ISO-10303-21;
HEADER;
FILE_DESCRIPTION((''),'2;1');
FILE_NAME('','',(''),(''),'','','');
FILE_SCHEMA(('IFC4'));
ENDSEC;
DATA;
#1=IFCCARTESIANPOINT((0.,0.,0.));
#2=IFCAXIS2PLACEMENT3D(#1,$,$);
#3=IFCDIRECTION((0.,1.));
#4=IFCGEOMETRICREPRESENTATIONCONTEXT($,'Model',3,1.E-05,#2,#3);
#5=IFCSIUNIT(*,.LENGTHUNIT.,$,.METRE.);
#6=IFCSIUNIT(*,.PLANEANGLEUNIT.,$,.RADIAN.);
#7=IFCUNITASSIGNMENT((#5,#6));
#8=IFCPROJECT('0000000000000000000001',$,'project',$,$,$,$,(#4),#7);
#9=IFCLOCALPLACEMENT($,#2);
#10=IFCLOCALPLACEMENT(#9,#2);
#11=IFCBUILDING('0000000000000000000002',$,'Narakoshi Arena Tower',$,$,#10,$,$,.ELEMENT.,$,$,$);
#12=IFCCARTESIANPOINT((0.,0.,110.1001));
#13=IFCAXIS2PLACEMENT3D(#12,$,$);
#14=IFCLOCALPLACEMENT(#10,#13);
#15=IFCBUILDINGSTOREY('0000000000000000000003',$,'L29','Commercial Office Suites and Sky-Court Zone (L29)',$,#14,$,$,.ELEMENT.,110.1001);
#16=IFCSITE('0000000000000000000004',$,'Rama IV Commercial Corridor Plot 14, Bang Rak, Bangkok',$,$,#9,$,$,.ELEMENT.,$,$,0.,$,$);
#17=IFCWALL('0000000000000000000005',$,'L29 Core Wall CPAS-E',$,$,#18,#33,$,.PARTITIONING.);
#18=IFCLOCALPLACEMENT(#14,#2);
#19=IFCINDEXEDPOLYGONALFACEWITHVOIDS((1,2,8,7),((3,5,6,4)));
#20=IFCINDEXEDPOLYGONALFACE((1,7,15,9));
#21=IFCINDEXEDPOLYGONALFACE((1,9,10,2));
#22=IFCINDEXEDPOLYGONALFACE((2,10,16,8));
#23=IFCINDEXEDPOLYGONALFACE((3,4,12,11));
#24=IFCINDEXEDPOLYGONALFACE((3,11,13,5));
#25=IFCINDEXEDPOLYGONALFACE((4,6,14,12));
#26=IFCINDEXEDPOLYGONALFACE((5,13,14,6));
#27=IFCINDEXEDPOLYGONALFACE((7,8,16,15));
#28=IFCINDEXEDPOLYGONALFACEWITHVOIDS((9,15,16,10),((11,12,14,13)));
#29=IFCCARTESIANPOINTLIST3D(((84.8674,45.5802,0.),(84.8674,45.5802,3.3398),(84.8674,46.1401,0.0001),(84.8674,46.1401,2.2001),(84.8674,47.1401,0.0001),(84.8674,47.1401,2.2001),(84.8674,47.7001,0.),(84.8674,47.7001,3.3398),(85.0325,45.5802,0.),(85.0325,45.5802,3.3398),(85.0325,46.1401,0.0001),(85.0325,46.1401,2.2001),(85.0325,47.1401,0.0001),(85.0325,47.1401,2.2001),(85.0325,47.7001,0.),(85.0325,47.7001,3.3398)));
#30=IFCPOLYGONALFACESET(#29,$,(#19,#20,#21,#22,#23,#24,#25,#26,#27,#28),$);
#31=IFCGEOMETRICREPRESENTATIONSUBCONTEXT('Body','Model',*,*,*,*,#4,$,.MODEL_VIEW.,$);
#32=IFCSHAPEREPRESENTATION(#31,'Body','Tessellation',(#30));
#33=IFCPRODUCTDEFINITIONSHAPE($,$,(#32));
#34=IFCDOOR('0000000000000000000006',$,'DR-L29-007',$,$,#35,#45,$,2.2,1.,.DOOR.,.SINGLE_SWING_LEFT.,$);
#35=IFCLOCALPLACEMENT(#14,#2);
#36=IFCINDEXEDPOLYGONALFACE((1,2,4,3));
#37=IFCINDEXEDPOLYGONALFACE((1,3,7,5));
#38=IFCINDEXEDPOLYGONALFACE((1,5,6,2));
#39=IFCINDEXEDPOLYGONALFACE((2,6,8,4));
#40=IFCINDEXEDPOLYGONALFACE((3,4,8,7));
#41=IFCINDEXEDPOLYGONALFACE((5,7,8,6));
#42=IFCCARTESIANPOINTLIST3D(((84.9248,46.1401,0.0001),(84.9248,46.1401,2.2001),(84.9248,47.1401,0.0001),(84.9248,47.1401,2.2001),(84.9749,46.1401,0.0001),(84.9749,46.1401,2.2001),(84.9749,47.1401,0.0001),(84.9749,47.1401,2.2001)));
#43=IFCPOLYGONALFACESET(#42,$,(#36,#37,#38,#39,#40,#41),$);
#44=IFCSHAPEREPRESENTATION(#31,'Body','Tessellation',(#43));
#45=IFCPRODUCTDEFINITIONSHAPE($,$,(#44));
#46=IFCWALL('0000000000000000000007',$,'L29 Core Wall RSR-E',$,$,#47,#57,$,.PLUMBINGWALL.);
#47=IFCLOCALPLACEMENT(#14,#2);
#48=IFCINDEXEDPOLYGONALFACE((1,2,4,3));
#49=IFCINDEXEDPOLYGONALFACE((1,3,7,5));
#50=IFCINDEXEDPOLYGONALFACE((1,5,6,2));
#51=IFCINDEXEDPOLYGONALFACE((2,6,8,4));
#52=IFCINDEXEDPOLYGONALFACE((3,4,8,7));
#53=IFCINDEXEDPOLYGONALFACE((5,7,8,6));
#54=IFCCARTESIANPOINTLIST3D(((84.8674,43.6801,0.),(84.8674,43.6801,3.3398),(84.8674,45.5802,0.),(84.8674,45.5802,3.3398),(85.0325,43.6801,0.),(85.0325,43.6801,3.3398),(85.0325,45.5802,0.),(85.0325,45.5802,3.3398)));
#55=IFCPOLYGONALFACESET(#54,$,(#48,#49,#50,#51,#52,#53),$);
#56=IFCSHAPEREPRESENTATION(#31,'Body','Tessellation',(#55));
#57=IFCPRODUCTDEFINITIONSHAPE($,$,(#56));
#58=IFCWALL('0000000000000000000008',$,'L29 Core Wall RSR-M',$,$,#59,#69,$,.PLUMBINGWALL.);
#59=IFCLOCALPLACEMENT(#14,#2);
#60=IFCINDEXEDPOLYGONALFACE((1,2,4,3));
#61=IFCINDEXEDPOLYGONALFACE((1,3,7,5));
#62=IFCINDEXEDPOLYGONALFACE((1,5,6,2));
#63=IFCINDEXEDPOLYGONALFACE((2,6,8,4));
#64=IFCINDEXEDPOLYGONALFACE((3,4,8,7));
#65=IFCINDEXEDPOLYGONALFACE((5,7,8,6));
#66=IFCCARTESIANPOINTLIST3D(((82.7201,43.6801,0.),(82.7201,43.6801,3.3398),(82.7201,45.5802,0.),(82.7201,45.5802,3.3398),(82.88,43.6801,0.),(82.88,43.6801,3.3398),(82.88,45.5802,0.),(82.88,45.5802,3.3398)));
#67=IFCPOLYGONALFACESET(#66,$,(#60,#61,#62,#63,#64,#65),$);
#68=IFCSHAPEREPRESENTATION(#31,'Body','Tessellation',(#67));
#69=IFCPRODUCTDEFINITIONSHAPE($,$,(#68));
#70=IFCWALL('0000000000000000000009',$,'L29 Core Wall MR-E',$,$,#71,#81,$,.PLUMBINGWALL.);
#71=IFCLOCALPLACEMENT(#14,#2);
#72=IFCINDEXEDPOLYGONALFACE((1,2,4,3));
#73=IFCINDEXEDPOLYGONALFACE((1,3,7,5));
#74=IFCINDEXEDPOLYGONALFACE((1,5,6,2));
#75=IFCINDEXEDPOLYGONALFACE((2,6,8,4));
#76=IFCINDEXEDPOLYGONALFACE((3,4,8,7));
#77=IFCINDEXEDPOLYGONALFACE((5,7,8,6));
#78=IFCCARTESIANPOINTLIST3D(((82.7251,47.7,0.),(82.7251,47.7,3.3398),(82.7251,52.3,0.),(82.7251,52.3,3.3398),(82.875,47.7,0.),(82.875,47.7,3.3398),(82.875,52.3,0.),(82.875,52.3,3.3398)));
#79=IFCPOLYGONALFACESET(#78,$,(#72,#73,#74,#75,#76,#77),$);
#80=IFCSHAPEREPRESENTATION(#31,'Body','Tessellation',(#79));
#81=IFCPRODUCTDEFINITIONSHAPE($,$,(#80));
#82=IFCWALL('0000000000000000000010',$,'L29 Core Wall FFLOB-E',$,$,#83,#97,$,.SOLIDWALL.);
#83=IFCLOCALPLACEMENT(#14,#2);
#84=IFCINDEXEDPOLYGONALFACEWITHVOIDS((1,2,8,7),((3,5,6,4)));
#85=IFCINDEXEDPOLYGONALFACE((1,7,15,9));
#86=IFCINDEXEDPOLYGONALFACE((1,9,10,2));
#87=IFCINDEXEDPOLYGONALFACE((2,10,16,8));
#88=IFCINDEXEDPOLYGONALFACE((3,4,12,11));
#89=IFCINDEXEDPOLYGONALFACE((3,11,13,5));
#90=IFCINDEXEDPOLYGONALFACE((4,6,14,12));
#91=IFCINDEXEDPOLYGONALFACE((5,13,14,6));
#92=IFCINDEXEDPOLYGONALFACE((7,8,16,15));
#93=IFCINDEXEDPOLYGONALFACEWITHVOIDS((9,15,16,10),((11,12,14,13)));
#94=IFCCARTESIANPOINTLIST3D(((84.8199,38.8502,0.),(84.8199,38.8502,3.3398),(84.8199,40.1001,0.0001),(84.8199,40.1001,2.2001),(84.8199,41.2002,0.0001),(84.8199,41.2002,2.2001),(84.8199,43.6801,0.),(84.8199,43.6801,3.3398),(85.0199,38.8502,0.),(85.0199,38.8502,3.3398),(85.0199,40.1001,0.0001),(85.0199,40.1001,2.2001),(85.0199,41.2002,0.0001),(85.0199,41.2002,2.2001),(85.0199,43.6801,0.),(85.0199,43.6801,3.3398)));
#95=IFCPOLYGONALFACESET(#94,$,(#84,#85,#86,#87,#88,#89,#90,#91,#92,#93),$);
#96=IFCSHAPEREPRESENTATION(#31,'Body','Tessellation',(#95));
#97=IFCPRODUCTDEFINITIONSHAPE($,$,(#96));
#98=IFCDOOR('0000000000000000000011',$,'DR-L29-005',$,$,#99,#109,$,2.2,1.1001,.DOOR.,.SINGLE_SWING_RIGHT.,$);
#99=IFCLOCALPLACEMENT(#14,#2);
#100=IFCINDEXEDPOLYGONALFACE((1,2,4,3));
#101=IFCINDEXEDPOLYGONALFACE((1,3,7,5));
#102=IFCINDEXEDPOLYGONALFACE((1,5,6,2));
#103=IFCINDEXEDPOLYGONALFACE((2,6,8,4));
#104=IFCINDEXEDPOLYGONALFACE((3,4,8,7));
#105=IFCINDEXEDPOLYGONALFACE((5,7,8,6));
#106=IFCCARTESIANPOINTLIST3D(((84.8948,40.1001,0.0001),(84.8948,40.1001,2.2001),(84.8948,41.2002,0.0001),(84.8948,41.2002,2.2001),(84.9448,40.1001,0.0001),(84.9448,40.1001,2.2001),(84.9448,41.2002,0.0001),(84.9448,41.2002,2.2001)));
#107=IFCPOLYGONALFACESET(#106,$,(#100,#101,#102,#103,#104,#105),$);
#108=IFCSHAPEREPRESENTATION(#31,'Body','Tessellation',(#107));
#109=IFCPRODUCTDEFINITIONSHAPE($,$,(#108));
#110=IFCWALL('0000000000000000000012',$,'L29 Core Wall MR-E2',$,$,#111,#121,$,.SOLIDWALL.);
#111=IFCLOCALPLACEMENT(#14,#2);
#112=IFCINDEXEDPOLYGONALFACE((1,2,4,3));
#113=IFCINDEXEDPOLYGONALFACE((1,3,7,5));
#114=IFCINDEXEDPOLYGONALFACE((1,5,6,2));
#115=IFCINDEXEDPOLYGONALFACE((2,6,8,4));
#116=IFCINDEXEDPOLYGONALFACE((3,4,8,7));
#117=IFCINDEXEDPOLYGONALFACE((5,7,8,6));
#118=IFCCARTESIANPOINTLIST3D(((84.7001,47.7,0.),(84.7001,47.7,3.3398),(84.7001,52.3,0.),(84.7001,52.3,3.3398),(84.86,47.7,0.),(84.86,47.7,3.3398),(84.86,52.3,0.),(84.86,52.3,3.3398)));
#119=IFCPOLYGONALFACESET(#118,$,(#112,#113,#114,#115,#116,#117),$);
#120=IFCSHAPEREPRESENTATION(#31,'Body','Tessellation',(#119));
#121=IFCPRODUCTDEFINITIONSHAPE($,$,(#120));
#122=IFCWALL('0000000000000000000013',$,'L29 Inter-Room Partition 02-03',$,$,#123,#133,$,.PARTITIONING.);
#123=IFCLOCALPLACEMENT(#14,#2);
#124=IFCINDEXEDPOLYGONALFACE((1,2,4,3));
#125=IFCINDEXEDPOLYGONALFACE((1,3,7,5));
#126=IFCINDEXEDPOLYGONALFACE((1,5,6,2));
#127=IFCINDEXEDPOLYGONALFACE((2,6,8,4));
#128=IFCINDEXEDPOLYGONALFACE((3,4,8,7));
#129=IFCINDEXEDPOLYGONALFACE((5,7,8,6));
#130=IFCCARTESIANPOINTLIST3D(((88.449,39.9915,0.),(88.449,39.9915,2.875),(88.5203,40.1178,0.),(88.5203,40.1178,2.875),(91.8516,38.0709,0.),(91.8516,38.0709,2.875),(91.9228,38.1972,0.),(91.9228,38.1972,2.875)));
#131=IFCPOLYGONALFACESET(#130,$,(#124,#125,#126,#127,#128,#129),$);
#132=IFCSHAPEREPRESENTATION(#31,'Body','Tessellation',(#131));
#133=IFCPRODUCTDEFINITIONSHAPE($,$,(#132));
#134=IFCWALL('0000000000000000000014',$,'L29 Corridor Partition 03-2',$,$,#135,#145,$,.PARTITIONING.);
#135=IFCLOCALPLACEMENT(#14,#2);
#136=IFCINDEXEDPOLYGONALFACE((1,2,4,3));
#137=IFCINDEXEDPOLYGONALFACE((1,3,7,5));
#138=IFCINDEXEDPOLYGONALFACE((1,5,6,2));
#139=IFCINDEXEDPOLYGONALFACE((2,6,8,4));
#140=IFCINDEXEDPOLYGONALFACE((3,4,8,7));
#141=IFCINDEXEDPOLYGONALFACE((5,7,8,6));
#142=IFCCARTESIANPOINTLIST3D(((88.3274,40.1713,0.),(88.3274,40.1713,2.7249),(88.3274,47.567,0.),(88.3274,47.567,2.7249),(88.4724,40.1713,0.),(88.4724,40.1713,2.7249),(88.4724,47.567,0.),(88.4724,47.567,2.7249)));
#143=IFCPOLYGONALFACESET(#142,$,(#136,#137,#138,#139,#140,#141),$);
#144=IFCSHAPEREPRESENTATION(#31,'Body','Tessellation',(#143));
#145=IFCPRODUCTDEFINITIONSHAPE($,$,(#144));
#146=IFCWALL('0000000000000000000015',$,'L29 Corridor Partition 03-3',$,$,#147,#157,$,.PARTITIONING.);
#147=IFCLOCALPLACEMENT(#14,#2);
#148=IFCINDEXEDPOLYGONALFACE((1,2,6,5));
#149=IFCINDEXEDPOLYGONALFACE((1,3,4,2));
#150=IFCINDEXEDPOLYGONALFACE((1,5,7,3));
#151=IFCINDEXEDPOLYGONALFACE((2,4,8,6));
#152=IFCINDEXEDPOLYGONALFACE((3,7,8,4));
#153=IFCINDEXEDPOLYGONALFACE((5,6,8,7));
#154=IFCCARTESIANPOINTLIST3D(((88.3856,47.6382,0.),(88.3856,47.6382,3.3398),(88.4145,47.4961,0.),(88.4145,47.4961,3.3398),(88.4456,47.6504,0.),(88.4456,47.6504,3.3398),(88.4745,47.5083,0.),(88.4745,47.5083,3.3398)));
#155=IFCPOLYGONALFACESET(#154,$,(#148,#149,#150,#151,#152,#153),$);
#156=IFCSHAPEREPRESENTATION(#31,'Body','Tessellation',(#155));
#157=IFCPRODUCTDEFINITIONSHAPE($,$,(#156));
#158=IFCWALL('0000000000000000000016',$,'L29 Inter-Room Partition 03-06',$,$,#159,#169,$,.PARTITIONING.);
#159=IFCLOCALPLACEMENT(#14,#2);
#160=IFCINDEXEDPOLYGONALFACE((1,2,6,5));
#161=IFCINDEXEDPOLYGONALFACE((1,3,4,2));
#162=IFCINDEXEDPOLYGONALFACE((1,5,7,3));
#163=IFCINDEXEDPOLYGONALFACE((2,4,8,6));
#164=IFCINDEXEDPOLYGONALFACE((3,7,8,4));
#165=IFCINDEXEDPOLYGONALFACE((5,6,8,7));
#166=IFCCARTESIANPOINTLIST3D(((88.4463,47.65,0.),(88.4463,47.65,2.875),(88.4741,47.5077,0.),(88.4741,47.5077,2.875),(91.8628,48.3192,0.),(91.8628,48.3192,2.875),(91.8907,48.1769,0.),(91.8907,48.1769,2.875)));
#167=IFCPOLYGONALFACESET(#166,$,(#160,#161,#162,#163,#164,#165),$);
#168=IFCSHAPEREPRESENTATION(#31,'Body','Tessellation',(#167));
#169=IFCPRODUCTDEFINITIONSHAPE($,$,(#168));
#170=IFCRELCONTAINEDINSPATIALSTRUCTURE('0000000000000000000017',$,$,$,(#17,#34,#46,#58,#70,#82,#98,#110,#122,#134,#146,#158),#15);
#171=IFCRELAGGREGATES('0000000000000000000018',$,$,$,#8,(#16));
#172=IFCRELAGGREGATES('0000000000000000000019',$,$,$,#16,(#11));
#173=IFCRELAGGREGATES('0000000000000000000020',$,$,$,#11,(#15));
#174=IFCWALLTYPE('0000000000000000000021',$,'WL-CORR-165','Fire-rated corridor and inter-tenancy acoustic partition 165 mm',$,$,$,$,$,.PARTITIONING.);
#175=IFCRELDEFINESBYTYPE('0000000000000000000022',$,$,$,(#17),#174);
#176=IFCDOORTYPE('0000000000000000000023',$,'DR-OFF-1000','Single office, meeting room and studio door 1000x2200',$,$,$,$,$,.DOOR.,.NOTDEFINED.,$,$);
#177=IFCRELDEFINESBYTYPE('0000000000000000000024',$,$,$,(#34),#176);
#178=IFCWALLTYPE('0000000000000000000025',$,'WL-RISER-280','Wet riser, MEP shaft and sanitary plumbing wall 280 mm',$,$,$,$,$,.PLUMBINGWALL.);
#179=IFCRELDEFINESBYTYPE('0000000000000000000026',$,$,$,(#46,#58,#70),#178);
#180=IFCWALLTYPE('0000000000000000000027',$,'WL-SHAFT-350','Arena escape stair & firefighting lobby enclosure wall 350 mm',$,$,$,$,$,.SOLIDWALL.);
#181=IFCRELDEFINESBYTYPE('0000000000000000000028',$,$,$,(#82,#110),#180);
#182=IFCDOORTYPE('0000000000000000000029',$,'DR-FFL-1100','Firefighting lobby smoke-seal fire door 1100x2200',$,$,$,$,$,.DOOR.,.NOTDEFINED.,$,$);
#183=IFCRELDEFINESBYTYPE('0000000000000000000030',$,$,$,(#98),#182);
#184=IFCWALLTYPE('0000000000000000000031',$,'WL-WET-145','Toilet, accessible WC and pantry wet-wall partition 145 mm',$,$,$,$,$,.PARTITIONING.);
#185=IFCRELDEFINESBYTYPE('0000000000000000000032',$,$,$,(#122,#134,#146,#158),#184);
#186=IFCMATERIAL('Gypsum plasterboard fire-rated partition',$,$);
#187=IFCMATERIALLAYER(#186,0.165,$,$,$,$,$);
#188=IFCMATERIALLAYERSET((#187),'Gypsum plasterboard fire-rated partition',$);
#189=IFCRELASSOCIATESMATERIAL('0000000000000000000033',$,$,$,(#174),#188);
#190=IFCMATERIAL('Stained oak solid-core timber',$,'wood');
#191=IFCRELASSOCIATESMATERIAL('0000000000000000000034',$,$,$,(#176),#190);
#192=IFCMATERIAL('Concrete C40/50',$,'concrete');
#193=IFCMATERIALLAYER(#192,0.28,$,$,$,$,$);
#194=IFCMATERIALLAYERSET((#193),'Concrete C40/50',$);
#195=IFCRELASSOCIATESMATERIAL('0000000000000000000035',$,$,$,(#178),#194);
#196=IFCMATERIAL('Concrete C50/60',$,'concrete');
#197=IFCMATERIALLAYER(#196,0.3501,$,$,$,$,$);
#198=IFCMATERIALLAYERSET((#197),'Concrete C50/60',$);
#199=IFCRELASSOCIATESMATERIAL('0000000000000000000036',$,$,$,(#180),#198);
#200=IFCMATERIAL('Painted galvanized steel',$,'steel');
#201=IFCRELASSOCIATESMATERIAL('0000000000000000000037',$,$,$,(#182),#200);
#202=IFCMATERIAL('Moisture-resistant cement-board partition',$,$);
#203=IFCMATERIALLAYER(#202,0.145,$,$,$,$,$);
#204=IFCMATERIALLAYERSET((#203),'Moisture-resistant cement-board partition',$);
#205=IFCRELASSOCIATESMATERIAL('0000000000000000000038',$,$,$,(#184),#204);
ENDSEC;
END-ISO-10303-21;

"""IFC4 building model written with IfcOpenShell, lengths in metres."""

from ifc_helpers import new_model, si_unit, direction, frame, frame_2d, origin, place, context, subcontext, project, spatial, rectangle, extrude, material, layer, layer_set, type_object, element, fill, save


model = new_model("IFC4")

# Units and contexts
model_context = context("Model", 3, precision=1e-05, world=origin(), true_north=direction((0.0, 1.0)))
body_context = subcontext(model_context, "Body", "Model", "MODEL_VIEW")
ifc_project = project(units=[si_unit("LENGTHUNIT", "METRE"), si_unit("PLANEANGLEUNIT", "RADIAN")], contexts=[model_context])

# Site, building, storey
site_placement = place(None, origin())
site = spatial("IfcSite", under=ifc_project, at=site_placement, Name="Rama IV Commercial Corridor Plot 14, Bang Rak, Bangkok", CompositionType="ELEMENT", RefElevation=0.0)
building_placement = place(site_placement, origin())
building = spatial("IfcBuilding", under=site, at=building_placement, Name="Narakoshi Arena Tower", CompositionType="ELEMENT")
storey_placement = place(building_placement, frame((0.0, 0.0, 110.1001)))
storey = spatial("IfcBuildingStorey", under=building, at=storey_placement, Name="L29", Description="Commercial Office Suites and Sky-Court Zone (L29)", CompositionType="ELEMENT", Elevation=110.1001)

# Wall, opening, door
ifc_material_1 = material(Name="Gypsum plasterboard fire-rated partition")
ifc_layer_1 = layer(ifc_material_1, 0.165)
ifc_layer_set_1 = layer_set([ifc_layer_1], Name="Gypsum plasterboard fire-rated partition")
wall_type_1 = type_object("IfcWallType", Name="WL-CORR-165", Description="Fire-rated corridor and inter-tenancy acoustic partition 165 mm", PredefinedType="PARTITIONING", material=ifc_layer_set_1)
wall_1_placement = place(storey_placement, frame((84.95, 45.5801, 0.0), z_axis=(0.0, 0.0, 1.0), x_axis=(0.0, 1.0, 0.0)))
wall_1 = element("IfcWall", 1, at=wall_1_placement, inside=storey, type_object=wall_type_1, Name="L29 Core Wall CPAS-E", PredefinedType="PARTITIONING", context=body_context, shape_type="SweptSolid", body=[
    extrude(rectangle(XDim=2.1199, YDim=0.165, at=frame_2d((1.0601, 0.0))), origin(), (0.0, 0.0, 1.0), 3.3398),
])
opening_1_placement = place(wall_1_placement, frame((0.5601, 0.0, 0.0)))
opening_1 = element("IfcOpeningElement", 2, at=opening_1_placement, cuts=wall_1, PredefinedType="OPENING", context=body_context, shape_type="SweptSolid", body=[
    extrude(rectangle(XDim=1.0, YDim=2.2, at=frame_2d((0.5, 1.1001))), frame((0.0, 0.0925, 0.0), z_axis=(0.0, -1.0, 0.0), x_axis=(1.0, 0.0, 0.0)), (0.0, 0.0, 1.0), 0.1851),
])
ifc_material_2 = material(Name="Stained oak solid-core timber", Category="wood")
door_type_1 = type_object("IfcDoorType", Name="DR-OFF-1000", Description="Single office, meeting room and studio door 1000x2200", OperationType="NOTDEFINED", PredefinedType="DOOR", material=ifc_material_2)
door_1_placement = place(opening_1_placement, frame((1.0, 0.0, 0.0), z_axis=(0.0, 0.0, 1.0), x_axis=(-1.0, 0.0, 0.0)))
door_1 = element("IfcDoor", 3, at=door_1_placement, inside=storey, type_object=door_type_1, Name="DR-L29-007", OperationType="SINGLE_SWING_LEFT", OverallHeight=2.2, OverallWidth=1.0, PredefinedType="DOOR", context=body_context, shape_type="SweptSolid", body=[
    extrude(rectangle(XDim=1.0, YDim=2.2, at=frame_2d((0.5, 1.1001))), frame((0.0, 0.0249, 0.0), z_axis=(0.0, -1.0, 0.0), x_axis=(1.0, 0.0, 0.0)), (0.0, 0.0, 1.0), 0.05),
])
fill(opening_1, door_1)

# Walls
ifc_material_3 = material(Name="Concrete C40/50", Category="concrete")
ifc_layer_2 = layer(ifc_material_3, 0.28)
ifc_layer_set_2 = layer_set([ifc_layer_2], Name="Concrete C40/50")
wall_type_2 = type_object("IfcWallType", Name="WL-RISER-280", Description="Wet riser, MEP shaft and sanitary plumbing wall 280 mm", PredefinedType="PLUMBINGWALL", material=ifc_layer_set_2)
wall_2_placement = place(storey_placement, frame((84.95, 43.6799, 0.0), z_axis=(0.0, 0.0, 1.0), x_axis=(0.0, 1.0, 0.0)))
element("IfcWall", 4, at=wall_2_placement, inside=storey, type_object=wall_type_2, Name="L29 Core Wall RSR-E", PredefinedType="PLUMBINGWALL", context=body_context, shape_type="SweptSolid", body=[
    extrude(rectangle(XDim=1.9001, YDim=0.165, at=frame_2d((0.9502, 0.0))), origin(), (0.0, 0.0, 1.0), 3.3398),
])
wall_3_placement = place(storey_placement, frame((82.8, 43.6799, 0.0), z_axis=(0.0, 0.0, 1.0), x_axis=(0.0, 1.0, 0.0)))
element("IfcWall", 5, at=wall_3_placement, inside=storey, type_object=wall_type_2, Name="L29 Core Wall RSR-M", PredefinedType="PLUMBINGWALL", context=body_context, shape_type="SweptSolid", body=[
    extrude(rectangle(XDim=1.9001, YDim=0.1599, at=frame_2d((0.9502, 0.0))), origin(), (0.0, 0.0, 1.0), 3.3398),
])
wall_4_placement = place(storey_placement, frame((82.8, 47.7, 0.0), z_axis=(0.0, 0.0, 1.0), x_axis=(0.0, 1.0, 0.0)))
element("IfcWall", 6, at=wall_4_placement, inside=storey, type_object=wall_type_2, Name="L29 Core Wall MR-E", PredefinedType="PLUMBINGWALL", context=body_context, shape_type="SweptSolid", body=[
    extrude(rectangle(XDim=4.6001, YDim=0.1499, at=frame_2d((2.3, 0.0))), origin(), (0.0, 0.0, 1.0), 3.3398),
])

# Wall, opening, door
ifc_material_4 = material(Name="Concrete C50/60", Category="concrete")
ifc_layer_3 = layer(ifc_material_4, 0.3501)
ifc_layer_set_3 = layer_set([ifc_layer_3], Name="Concrete C50/60")
wall_type_3 = type_object("IfcWallType", Name="WL-SHAFT-350", Description="Arena escape stair & firefighting lobby enclosure wall 350 mm", PredefinedType="SOLIDWALL", material=ifc_layer_set_3)
wall_5_placement = place(storey_placement, frame((84.9199, 38.8501, 0.0), z_axis=(0.0, 0.0, 1.0), x_axis=(0.0, 1.0, 0.0)))
wall_5 = element("IfcWall", 7, at=wall_5_placement, inside=storey, type_object=wall_type_3, Name="L29 Core Wall FFLOB-E", PredefinedType="SOLIDWALL", context=body_context, shape_type="SweptSolid", body=[
    extrude(rectangle(XDim=4.8298, YDim=0.2, at=frame_2d((2.415, 0.0))), origin(), (0.0, 0.0, 1.0), 3.3398),
])
opening_2_placement = place(wall_5_placement, frame((1.25, 0.0, 0.0)))
opening_2 = element("IfcOpeningElement", 8, at=opening_2_placement, cuts=wall_5, PredefinedType="OPENING", context=body_context, shape_type="SweptSolid", body=[
    extrude(rectangle(XDim=1.1001, YDim=2.2, at=frame_2d((0.55, 1.1001))), frame((0.0, 0.1099, 0.0), z_axis=(0.0, -1.0, 0.0), x_axis=(1.0, 0.0, 0.0)), (0.0, 0.0, 1.0), 0.22),
])
ifc_material_5 = material(Name="Painted galvanized steel", Category="steel")
door_type_2 = type_object("IfcDoorType", Name="DR-FFL-1100", Description="Firefighting lobby smoke-seal fire door 1100x2200", OperationType="NOTDEFINED", PredefinedType="DOOR", material=ifc_material_5)
door_2_placement = place(opening_2_placement, frame((1.1001, 0.0, 0.0), z_axis=(0.0, 0.0, 1.0), x_axis=(-1.0, 0.0, 0.0)))
door_2 = element("IfcDoor", 9, at=door_2_placement, inside=storey, type_object=door_type_2, Name="DR-L29-005", OperationType="SINGLE_SWING_RIGHT", OverallHeight=2.2, OverallWidth=1.1001, PredefinedType="DOOR", context=body_context, shape_type="SweptSolid", body=[
    extrude(rectangle(XDim=1.1001, YDim=2.2, at=frame_2d((0.55, 1.1001))), frame((0.0, 0.0249, 0.0), z_axis=(0.0, -1.0, 0.0), x_axis=(1.0, 0.0, 0.0)), (0.0, 0.0, 1.0), 0.05),
])
fill(opening_2, door_2)

# Walls
wall_6_placement = place(storey_placement, frame((84.78, 47.7, 0.0), z_axis=(0.0, 0.0, 1.0), x_axis=(0.0, 1.0, 0.0)))
element("IfcWall", 10, at=wall_6_placement, inside=storey, type_object=wall_type_3, Name="L29 Core Wall MR-E2", PredefinedType="SOLIDWALL", context=body_context, shape_type="SweptSolid", body=[
    extrude(rectangle(XDim=4.6001, YDim=0.1599, at=frame_2d((2.3, 0.0))), origin(), (0.0, 0.0, 1.0), 3.3398),
])
ifc_material_6 = material(Name="Moisture-resistant cement-board partition")
ifc_layer_4 = layer(ifc_material_6, 0.145)
ifc_layer_set_4 = layer_set([ifc_layer_4], Name="Moisture-resistant cement-board partition")
wall_type_4 = type_object("IfcWallType", Name="WL-WET-145", Description="Toilet, accessible WC and pantry wet-wall partition 145 mm", PredefinedType="PARTITIONING", material=ifc_layer_set_4)
wall_7_placement = place(storey_placement, frame((88.4846, 40.0547, 0.0), z_axis=(0.0, 0.0, 1.0), x_axis=(0.870842, -0.491563, 0.0)))
element("IfcWall", 11, at=wall_7_placement, inside=storey, type_object=wall_type_4, Name="L29 Inter-Room Partition 02-03", PredefinedType="PARTITIONING", context=body_context, shape_type="SweptSolid", body=[
    extrude(rectangle(XDim=3.9072, YDim=0.145, at=frame_2d((1.9536, 0.0))), origin(), (0.0, 0.0, 1.0), 2.875),
])
wall_8_placement = place(storey_placement, frame((88.3999, 40.1714, 0.0), z_axis=(0.0, 0.0, 1.0), x_axis=(0.0, 1.0, 0.0)))
element("IfcWall", 12, at=wall_8_placement, inside=storey, type_object=wall_type_4, Name="L29 Corridor Partition 03-2", PredefinedType="PARTITIONING", context=body_context, shape_type="SweptSolid", body=[
    extrude(rectangle(XDim=7.3958, YDim=0.145, at=frame_2d((3.6978, 0.0))), origin(), (0.0, 0.0, 1.0), 2.7249),
])
wall_9_placement = place(storey_placement, frame((88.3999, 47.5671, 0.0), z_axis=(0.0, 0.0, 1.0), x_axis=(0.979963, 0.199179, 0.0)))
element("IfcWall", 13, at=wall_9_placement, inside=storey, type_object=wall_type_4, Name="L29 Corridor Partition 03-3", PredefinedType="PARTITIONING", context=body_context, shape_type="SweptSolid", body=[
    extrude(rectangle(XDim=0.0613, YDim=0.145, at=frame_2d((0.0308, 0.0))), origin(), (0.0, 0.0, 1.0), 3.3398),
])
wall_10_placement = place(storey_placement, frame((88.4602, 47.5789, 0.0), z_axis=(0.0, 0.0, 1.0), x_axis=(0.981352, 0.192217, 0.0)))
element("IfcWall", 14, at=wall_10_placement, inside=storey, type_object=wall_type_4, Name="L29 Inter-Room Partition 03-06", PredefinedType="PARTITIONING", context=body_context, shape_type="SweptSolid", body=[
    extrude(rectangle(XDim=3.4814, YDim=0.145, at=frame_2d((1.7407, 0.0))), origin(), (0.0, 0.0, 1.0), 2.875),
])

save(model, "model.ifc")
